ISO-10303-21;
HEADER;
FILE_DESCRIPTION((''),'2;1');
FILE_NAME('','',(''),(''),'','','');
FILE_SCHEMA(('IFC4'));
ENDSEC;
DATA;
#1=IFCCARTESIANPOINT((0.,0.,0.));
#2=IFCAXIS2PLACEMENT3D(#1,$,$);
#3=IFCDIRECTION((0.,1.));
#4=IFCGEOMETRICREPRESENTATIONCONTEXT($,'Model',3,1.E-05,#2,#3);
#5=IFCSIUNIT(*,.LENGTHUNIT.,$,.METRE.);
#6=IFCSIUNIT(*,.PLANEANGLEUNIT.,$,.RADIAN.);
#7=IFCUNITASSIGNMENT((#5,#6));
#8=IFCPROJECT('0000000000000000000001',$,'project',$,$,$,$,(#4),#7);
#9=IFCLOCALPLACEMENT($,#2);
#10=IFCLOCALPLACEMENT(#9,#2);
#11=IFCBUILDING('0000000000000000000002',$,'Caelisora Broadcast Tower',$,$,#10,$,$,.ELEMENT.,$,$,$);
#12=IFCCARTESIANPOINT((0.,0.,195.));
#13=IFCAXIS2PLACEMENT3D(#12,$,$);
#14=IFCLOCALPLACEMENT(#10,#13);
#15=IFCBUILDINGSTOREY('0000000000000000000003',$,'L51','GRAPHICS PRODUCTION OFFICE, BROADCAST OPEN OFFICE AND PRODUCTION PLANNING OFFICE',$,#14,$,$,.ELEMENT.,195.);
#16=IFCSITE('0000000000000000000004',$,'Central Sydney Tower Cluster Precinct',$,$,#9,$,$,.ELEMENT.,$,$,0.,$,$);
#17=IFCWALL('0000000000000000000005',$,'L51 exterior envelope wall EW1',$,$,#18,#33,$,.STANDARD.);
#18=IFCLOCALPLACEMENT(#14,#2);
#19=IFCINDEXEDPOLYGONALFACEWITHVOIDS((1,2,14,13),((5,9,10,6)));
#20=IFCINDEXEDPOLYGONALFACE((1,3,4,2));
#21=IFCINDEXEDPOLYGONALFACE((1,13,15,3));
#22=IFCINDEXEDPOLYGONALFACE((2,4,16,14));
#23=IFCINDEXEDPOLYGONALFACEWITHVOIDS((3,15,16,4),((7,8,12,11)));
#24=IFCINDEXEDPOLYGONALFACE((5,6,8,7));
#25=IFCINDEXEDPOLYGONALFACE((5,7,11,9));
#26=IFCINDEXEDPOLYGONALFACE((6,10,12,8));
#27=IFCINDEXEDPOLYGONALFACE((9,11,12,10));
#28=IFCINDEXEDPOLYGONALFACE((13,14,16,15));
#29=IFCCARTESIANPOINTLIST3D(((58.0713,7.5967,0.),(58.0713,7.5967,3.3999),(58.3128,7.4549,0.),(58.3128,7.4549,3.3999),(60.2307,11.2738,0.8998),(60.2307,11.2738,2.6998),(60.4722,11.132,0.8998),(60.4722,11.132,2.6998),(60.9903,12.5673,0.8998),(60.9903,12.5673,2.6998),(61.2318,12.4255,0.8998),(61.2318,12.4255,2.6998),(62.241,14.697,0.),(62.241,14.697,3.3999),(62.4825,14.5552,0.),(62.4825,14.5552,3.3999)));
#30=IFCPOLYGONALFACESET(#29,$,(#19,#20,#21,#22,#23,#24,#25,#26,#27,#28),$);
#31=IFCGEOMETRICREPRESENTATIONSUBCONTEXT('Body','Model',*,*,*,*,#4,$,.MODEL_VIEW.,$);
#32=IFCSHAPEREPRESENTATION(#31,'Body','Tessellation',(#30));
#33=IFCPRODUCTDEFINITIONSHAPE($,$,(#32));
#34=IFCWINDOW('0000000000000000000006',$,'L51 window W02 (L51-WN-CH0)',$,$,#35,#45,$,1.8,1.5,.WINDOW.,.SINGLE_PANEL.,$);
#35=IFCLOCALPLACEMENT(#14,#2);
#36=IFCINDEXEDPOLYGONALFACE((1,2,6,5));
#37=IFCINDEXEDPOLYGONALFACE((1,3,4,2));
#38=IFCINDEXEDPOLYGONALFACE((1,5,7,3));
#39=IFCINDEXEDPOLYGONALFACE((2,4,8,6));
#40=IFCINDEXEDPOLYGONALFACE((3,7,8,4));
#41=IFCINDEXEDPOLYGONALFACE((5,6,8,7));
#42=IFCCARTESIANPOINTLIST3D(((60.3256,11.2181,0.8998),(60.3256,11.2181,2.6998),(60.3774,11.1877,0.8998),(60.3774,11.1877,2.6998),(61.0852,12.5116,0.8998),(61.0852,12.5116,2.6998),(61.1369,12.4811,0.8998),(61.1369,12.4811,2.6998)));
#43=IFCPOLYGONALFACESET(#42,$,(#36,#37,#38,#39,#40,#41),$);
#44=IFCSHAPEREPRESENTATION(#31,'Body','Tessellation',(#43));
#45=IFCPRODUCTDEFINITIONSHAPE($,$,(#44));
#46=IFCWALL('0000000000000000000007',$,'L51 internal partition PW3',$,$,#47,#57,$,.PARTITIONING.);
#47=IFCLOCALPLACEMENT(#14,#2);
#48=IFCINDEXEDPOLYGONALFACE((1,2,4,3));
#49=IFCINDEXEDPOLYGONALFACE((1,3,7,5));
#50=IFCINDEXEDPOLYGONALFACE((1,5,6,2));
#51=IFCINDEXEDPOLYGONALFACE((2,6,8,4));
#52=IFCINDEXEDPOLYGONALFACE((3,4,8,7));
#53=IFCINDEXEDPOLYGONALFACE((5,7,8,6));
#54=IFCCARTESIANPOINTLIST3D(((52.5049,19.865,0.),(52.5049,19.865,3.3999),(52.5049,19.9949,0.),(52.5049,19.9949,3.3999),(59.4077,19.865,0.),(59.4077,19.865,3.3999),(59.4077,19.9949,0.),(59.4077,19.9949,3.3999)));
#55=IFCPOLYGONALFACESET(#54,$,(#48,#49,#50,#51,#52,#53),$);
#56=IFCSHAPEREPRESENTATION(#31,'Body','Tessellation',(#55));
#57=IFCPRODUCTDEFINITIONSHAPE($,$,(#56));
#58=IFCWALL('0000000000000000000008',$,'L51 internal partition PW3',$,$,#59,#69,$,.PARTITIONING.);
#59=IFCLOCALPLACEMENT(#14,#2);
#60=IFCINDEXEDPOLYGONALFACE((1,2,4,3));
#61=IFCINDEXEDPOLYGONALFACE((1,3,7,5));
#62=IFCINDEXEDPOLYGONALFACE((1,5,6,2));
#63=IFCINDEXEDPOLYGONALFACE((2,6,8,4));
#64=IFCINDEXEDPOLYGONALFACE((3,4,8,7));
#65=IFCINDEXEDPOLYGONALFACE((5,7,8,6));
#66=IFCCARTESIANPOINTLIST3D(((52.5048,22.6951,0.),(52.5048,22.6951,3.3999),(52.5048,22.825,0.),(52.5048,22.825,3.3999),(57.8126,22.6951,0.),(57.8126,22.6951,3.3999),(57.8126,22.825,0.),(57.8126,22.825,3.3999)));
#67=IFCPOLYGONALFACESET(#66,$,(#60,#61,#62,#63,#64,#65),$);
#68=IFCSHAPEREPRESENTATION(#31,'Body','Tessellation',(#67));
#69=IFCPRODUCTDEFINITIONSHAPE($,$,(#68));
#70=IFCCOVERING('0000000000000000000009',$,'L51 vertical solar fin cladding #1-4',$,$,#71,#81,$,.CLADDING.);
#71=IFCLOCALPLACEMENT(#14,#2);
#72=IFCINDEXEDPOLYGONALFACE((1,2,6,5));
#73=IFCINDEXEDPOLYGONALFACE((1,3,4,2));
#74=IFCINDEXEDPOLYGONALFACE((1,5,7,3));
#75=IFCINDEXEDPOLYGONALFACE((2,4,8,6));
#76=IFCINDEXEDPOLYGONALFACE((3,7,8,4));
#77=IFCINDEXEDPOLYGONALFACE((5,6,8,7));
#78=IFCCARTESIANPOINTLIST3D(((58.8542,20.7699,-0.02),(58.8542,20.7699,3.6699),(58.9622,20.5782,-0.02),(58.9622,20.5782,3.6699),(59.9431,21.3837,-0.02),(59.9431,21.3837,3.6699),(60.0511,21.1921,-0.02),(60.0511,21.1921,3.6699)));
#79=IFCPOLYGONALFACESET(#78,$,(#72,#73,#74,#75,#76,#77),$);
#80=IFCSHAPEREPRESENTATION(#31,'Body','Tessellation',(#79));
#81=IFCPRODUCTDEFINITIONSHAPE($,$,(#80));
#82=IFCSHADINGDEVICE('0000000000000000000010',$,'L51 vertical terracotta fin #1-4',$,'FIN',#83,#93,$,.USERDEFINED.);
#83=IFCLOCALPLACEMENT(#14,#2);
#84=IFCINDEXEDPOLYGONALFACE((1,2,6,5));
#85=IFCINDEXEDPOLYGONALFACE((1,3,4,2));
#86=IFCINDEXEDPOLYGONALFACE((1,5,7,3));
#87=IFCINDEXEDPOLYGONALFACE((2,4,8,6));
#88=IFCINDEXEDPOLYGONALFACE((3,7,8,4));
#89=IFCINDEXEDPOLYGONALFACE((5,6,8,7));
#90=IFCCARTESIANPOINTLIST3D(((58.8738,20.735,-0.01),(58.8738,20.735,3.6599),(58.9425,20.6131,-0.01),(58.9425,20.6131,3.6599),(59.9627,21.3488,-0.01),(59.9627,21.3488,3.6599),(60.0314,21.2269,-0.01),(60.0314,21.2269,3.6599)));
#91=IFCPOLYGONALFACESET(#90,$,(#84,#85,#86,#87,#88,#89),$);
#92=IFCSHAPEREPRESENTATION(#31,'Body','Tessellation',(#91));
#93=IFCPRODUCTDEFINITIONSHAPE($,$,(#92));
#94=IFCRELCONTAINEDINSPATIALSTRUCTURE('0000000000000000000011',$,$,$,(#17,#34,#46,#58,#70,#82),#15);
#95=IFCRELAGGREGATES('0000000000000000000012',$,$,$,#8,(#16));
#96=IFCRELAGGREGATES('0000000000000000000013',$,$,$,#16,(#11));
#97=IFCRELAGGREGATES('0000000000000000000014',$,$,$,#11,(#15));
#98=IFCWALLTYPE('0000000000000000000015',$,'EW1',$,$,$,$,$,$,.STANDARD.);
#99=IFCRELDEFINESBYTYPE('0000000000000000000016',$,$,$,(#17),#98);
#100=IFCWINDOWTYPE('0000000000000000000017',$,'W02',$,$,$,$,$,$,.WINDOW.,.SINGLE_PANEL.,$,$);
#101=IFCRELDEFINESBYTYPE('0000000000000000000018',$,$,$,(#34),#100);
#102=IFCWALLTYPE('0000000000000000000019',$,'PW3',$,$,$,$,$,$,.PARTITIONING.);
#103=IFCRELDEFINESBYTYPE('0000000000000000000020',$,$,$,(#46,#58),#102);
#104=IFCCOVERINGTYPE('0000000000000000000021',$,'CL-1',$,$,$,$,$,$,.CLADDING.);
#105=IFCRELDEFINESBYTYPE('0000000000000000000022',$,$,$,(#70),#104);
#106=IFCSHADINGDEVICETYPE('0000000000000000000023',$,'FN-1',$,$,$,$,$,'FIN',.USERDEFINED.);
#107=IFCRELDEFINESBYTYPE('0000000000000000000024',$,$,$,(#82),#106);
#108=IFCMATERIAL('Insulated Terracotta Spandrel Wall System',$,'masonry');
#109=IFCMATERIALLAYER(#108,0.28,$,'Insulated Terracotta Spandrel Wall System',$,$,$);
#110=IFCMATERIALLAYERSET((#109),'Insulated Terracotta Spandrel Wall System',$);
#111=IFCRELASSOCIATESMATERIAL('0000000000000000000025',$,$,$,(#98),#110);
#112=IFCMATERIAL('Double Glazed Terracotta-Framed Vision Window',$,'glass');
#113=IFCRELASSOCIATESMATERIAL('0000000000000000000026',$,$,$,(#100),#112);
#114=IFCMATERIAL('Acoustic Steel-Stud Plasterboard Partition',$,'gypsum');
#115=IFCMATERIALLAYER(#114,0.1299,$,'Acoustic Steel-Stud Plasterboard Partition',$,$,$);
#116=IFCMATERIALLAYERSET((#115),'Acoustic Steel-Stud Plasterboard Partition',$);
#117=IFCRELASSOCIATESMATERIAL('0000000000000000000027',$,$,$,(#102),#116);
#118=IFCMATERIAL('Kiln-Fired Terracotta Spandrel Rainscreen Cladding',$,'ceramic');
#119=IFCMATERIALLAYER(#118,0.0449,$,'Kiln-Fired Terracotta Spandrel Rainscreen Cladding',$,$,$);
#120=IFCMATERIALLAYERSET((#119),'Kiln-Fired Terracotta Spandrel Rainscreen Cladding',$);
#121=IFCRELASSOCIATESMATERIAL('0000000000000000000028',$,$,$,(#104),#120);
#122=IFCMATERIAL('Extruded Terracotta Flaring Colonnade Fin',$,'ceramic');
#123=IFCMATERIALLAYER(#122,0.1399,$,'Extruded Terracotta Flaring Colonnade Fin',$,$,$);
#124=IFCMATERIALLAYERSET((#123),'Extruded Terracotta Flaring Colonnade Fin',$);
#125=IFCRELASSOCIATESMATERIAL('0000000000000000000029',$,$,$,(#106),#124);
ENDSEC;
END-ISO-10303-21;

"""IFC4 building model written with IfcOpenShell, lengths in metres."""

from ifc_helpers import new_model, si_unit, direction, frame, frame_2d, origin, origin_2d, place, context, subcontext, project, spatial, rectangle, extrude, source, transform, mapped, material, layer, layer_set, type_object, type_shapes, element, fill, save


model = new_model("IFC4")

# Units and contexts
model_context = context("Model", 3, precision=1e-05, world=origin(), true_north=direction((0.0, 1.0)))
body_context = subcontext(model_context, "Body", "Model", "MODEL_VIEW")
ifc_project = project(units=[si_unit("LENGTHUNIT", "METRE"), si_unit("PLANEANGLEUNIT", "RADIAN")], contexts=[model_context])

# Site, building, storey
site_placement = place(None, origin())
site = spatial("IfcSite", under=ifc_project, at=site_placement, Name="Central Sydney Tower Cluster Precinct", CompositionType="ELEMENT", RefElevation=0.0)
building_placement = place(site_placement, origin())
building = spatial("IfcBuilding", under=site, at=building_placement, Name="Caelisora Broadcast Tower", CompositionType="ELEMENT")
storey_placement = place(building_placement, frame((0.0, 0.0, 195.0)))
storey = spatial("IfcBuildingStorey", under=building, at=storey_placement, Name="L51", Description="GRAPHICS PRODUCTION OFFICE, BROADCAST OPEN OFFICE AND PRODUCTION PLANNING OFFICE", CompositionType="ELEMENT", Elevation=195.0)

# Wall, opening, window
ifc_material_1 = material(Name="Insulated Terracotta Spandrel Wall System", Category="masonry")
ifc_layer_1 = layer(ifc_material_1, 0.28, Name="Insulated Terracotta Spandrel Wall System")
ifc_layer_set_1 = layer_set([ifc_layer_1], Name="Insulated Terracotta Spandrel Wall System")
wall_type_1 = type_object("IfcWallType", Name="EW1", PredefinedType="STANDARD", material=ifc_layer_set_1)
wall_1_placement = place(storey_placement, frame((62.3618, 14.6262, 0.0), z_axis=(0.0, 0.0, 1.0), x_axis=(-0.506389, -0.862305, 0.0)))
wall_1 = element("IfcWall", 1, at=wall_1_placement, inside=storey, type_object=wall_type_1, Name="L51 exterior envelope wall EW1", PredefinedType="STANDARD", context=body_context, shape_type="SweptSolid", body=[
    extrude(rectangle(XDim=8.2341, YDim=0.28, at=frame_2d((4.1172, 0.0))), origin(), (0.0, 0.0, 1.0), 3.3999),
])
opening_placement = place(wall_1_placement, frame((2.47, 0.0, 0.8999)))
opening = element("IfcOpeningElement", 2, at=opening_placement, cuts=wall_1, PredefinedType="OPENING", context=body_context, shape_type="SweptSolid", body=[
    extrude(rectangle(XDim=1.5, YDim=1.8, at=frame_2d((0.75, 0.8999))), frame((0.0, 0.1521, 0.0), z_axis=(0.0, -1.0, 0.0), x_axis=(1.0, 0.0, 0.0)), (0.0, 0.0, 1.0), 0.304),
])
ifc_material_2 = material(Name="Double Glazed Terracotta-Framed Vision Window", Category="glass")
window_type = type_object("IfcWindowType", Name="W02", PartitioningType="SINGLE_PANEL", PredefinedType="WINDOW", material=ifc_material_2)
window_placement = place(opening_placement, origin())
window = element("IfcWindow", 3, at=window_placement, inside=storey, type_object=window_type, Name="L51 window W02 (L51-WN-CH0)", OverallHeight=1.8, OverallWidth=1.5, PartitioningType="SINGLE_PANEL", PredefinedType="WINDOW", context=body_context, shape_type="SweptSolid", body=[
    extrude(rectangle(XDim=1.5, YDim=1.8, at=frame_2d((0.75, 0.8999))), frame((0.0, 0.03, 0.0), z_axis=(0.0, -1.0, 0.0), x_axis=(1.0, 0.0, 0.0)), (0.0, 0.0, 1.0), 0.0601),
])
fill(opening, window)

# Walls
ifc_material_3 = material(Name="Acoustic Steel-Stud Plasterboard Partition", Category="gypsum")
ifc_layer_2 = layer(ifc_material_3, 0.1299, Name="Acoustic Steel-Stud Plasterboard Partition")
ifc_layer_set_2 = layer_set([ifc_layer_2], Name="Acoustic Steel-Stud Plasterboard Partition")
wall_type_2 = type_object("IfcWallType", Name="PW3", PredefinedType="PARTITIONING", material=ifc_layer_set_2)
wall_2_placement = place(storey_placement, frame((52.5049, 19.9299, 0.0), z_axis=(0.0, 0.0, 1.0), x_axis=(1.0, 0.0, 0.0)))
element("IfcWall", 4, at=wall_2_placement, inside=storey, type_object=wall_type_2, Name="L51 internal partition PW3", PredefinedType="PARTITIONING", context=body_context, shape_type="SweptSolid", body=[
    extrude(rectangle(XDim=6.9028, YDim=0.1299, at=frame_2d((3.4514, 0.0))), origin(), (0.0, 0.0, 1.0), 3.3999),
])
wall_3_placement = place(storey_placement, frame((52.5049, 22.76, 0.0), z_axis=(0.0, 0.0, 1.0), x_axis=(1.0, 0.0, 0.0)))
element("IfcWall", 5, at=wall_3_placement, inside=storey, type_object=wall_type_2, Name="L51 internal partition PW3", PredefinedType="PARTITIONING", context=body_context, shape_type="SweptSolid", body=[
    extrude(rectangle(XDim=5.3079, YDim=0.1299, at=frame_2d((2.6538, 0.0))), origin(), (0.0, 0.0, 1.0), 3.3999),
])

# Covering
ifc_material_4 = material(Name="Kiln-Fired Terracotta Spandrel Rainscreen Cladding", Category="ceramic")
ifc_layer_3 = layer(ifc_material_4, 0.0449, Name="Kiln-Fired Terracotta Spandrel Rainscreen Cladding")
ifc_layer_set_3 = layer_set([ifc_layer_3], Name="Kiln-Fired Terracotta Spandrel Rainscreen Cladding")
covering_type = type_object("IfcCoveringType", Name="CL-1", PredefinedType="CLADDING", material=ifc_layer_set_3)
shared_shape_1 = source(origin(), body_context, "Body", "SweptSolid", [
    extrude(rectangle(XDim=0.22, YDim=1.25, at=origin_2d()), origin(), (0.0, 0.0, 1.0), 3.6899),
])
type_shapes(covering_type, [shared_shape_1])
covering_placement = place(storey_placement, frame((59.4526, 20.981, -0.02), z_axis=(0.0, 0.0, 1.0), x_axis=(0.491056, -0.871128, 0.0)))
element("IfcCovering", 6, at=covering_placement, inside=storey, type_object=covering_type, Name="L51 vertical solar fin cladding #1-4", PredefinedType="CLADDING", context=body_context, shape_type="MappedRepresentation", body=[
    mapped(shared_shape_1, transform((0.0, 0.0, 0.0), scale=1.0)),
])

# Shading device
ifc_material_5 = material(Name="Extruded Terracotta Flaring Colonnade Fin", Category="ceramic")
ifc_layer_4 = layer(ifc_material_5, 0.1399, Name="Extruded Terracotta Flaring Colonnade Fin")
ifc_layer_set_4 = layer_set([ifc_layer_4], Name="Extruded Terracotta Flaring Colonnade Fin")
shading_device_type = type_object("IfcShadingDeviceType", Name="FN-1", ElementType="FIN", PredefinedType="USERDEFINED", material=ifc_layer_set_4)
shared_shape_2 = source(origin(), body_context, "Body", "SweptSolid", [
    extrude(rectangle(XDim=0.1399, YDim=1.25, at=origin_2d()), origin(), (0.0, 0.0, 1.0), 3.6699),
])
type_shapes(shading_device_type, [shared_shape_2])
shading_device_placement = place(storey_placement, frame((59.4526, 20.981, -0.01), z_axis=(0.0, 0.0, 1.0), x_axis=(0.491056, -0.871128, 0.0)))
element("IfcShadingDevice", 7, at=shading_device_placement, inside=storey, type_object=shading_device_type, Name="L51 vertical terracotta fin #1-4", ObjectType="FIN", PredefinedType="USERDEFINED", context=body_context, shape_type="MappedRepresentation", body=[
    mapped(shared_shape_2, transform((0.0, 0.0, 0.0), scale=1.0)),
])

save(model, "model.ifc")
